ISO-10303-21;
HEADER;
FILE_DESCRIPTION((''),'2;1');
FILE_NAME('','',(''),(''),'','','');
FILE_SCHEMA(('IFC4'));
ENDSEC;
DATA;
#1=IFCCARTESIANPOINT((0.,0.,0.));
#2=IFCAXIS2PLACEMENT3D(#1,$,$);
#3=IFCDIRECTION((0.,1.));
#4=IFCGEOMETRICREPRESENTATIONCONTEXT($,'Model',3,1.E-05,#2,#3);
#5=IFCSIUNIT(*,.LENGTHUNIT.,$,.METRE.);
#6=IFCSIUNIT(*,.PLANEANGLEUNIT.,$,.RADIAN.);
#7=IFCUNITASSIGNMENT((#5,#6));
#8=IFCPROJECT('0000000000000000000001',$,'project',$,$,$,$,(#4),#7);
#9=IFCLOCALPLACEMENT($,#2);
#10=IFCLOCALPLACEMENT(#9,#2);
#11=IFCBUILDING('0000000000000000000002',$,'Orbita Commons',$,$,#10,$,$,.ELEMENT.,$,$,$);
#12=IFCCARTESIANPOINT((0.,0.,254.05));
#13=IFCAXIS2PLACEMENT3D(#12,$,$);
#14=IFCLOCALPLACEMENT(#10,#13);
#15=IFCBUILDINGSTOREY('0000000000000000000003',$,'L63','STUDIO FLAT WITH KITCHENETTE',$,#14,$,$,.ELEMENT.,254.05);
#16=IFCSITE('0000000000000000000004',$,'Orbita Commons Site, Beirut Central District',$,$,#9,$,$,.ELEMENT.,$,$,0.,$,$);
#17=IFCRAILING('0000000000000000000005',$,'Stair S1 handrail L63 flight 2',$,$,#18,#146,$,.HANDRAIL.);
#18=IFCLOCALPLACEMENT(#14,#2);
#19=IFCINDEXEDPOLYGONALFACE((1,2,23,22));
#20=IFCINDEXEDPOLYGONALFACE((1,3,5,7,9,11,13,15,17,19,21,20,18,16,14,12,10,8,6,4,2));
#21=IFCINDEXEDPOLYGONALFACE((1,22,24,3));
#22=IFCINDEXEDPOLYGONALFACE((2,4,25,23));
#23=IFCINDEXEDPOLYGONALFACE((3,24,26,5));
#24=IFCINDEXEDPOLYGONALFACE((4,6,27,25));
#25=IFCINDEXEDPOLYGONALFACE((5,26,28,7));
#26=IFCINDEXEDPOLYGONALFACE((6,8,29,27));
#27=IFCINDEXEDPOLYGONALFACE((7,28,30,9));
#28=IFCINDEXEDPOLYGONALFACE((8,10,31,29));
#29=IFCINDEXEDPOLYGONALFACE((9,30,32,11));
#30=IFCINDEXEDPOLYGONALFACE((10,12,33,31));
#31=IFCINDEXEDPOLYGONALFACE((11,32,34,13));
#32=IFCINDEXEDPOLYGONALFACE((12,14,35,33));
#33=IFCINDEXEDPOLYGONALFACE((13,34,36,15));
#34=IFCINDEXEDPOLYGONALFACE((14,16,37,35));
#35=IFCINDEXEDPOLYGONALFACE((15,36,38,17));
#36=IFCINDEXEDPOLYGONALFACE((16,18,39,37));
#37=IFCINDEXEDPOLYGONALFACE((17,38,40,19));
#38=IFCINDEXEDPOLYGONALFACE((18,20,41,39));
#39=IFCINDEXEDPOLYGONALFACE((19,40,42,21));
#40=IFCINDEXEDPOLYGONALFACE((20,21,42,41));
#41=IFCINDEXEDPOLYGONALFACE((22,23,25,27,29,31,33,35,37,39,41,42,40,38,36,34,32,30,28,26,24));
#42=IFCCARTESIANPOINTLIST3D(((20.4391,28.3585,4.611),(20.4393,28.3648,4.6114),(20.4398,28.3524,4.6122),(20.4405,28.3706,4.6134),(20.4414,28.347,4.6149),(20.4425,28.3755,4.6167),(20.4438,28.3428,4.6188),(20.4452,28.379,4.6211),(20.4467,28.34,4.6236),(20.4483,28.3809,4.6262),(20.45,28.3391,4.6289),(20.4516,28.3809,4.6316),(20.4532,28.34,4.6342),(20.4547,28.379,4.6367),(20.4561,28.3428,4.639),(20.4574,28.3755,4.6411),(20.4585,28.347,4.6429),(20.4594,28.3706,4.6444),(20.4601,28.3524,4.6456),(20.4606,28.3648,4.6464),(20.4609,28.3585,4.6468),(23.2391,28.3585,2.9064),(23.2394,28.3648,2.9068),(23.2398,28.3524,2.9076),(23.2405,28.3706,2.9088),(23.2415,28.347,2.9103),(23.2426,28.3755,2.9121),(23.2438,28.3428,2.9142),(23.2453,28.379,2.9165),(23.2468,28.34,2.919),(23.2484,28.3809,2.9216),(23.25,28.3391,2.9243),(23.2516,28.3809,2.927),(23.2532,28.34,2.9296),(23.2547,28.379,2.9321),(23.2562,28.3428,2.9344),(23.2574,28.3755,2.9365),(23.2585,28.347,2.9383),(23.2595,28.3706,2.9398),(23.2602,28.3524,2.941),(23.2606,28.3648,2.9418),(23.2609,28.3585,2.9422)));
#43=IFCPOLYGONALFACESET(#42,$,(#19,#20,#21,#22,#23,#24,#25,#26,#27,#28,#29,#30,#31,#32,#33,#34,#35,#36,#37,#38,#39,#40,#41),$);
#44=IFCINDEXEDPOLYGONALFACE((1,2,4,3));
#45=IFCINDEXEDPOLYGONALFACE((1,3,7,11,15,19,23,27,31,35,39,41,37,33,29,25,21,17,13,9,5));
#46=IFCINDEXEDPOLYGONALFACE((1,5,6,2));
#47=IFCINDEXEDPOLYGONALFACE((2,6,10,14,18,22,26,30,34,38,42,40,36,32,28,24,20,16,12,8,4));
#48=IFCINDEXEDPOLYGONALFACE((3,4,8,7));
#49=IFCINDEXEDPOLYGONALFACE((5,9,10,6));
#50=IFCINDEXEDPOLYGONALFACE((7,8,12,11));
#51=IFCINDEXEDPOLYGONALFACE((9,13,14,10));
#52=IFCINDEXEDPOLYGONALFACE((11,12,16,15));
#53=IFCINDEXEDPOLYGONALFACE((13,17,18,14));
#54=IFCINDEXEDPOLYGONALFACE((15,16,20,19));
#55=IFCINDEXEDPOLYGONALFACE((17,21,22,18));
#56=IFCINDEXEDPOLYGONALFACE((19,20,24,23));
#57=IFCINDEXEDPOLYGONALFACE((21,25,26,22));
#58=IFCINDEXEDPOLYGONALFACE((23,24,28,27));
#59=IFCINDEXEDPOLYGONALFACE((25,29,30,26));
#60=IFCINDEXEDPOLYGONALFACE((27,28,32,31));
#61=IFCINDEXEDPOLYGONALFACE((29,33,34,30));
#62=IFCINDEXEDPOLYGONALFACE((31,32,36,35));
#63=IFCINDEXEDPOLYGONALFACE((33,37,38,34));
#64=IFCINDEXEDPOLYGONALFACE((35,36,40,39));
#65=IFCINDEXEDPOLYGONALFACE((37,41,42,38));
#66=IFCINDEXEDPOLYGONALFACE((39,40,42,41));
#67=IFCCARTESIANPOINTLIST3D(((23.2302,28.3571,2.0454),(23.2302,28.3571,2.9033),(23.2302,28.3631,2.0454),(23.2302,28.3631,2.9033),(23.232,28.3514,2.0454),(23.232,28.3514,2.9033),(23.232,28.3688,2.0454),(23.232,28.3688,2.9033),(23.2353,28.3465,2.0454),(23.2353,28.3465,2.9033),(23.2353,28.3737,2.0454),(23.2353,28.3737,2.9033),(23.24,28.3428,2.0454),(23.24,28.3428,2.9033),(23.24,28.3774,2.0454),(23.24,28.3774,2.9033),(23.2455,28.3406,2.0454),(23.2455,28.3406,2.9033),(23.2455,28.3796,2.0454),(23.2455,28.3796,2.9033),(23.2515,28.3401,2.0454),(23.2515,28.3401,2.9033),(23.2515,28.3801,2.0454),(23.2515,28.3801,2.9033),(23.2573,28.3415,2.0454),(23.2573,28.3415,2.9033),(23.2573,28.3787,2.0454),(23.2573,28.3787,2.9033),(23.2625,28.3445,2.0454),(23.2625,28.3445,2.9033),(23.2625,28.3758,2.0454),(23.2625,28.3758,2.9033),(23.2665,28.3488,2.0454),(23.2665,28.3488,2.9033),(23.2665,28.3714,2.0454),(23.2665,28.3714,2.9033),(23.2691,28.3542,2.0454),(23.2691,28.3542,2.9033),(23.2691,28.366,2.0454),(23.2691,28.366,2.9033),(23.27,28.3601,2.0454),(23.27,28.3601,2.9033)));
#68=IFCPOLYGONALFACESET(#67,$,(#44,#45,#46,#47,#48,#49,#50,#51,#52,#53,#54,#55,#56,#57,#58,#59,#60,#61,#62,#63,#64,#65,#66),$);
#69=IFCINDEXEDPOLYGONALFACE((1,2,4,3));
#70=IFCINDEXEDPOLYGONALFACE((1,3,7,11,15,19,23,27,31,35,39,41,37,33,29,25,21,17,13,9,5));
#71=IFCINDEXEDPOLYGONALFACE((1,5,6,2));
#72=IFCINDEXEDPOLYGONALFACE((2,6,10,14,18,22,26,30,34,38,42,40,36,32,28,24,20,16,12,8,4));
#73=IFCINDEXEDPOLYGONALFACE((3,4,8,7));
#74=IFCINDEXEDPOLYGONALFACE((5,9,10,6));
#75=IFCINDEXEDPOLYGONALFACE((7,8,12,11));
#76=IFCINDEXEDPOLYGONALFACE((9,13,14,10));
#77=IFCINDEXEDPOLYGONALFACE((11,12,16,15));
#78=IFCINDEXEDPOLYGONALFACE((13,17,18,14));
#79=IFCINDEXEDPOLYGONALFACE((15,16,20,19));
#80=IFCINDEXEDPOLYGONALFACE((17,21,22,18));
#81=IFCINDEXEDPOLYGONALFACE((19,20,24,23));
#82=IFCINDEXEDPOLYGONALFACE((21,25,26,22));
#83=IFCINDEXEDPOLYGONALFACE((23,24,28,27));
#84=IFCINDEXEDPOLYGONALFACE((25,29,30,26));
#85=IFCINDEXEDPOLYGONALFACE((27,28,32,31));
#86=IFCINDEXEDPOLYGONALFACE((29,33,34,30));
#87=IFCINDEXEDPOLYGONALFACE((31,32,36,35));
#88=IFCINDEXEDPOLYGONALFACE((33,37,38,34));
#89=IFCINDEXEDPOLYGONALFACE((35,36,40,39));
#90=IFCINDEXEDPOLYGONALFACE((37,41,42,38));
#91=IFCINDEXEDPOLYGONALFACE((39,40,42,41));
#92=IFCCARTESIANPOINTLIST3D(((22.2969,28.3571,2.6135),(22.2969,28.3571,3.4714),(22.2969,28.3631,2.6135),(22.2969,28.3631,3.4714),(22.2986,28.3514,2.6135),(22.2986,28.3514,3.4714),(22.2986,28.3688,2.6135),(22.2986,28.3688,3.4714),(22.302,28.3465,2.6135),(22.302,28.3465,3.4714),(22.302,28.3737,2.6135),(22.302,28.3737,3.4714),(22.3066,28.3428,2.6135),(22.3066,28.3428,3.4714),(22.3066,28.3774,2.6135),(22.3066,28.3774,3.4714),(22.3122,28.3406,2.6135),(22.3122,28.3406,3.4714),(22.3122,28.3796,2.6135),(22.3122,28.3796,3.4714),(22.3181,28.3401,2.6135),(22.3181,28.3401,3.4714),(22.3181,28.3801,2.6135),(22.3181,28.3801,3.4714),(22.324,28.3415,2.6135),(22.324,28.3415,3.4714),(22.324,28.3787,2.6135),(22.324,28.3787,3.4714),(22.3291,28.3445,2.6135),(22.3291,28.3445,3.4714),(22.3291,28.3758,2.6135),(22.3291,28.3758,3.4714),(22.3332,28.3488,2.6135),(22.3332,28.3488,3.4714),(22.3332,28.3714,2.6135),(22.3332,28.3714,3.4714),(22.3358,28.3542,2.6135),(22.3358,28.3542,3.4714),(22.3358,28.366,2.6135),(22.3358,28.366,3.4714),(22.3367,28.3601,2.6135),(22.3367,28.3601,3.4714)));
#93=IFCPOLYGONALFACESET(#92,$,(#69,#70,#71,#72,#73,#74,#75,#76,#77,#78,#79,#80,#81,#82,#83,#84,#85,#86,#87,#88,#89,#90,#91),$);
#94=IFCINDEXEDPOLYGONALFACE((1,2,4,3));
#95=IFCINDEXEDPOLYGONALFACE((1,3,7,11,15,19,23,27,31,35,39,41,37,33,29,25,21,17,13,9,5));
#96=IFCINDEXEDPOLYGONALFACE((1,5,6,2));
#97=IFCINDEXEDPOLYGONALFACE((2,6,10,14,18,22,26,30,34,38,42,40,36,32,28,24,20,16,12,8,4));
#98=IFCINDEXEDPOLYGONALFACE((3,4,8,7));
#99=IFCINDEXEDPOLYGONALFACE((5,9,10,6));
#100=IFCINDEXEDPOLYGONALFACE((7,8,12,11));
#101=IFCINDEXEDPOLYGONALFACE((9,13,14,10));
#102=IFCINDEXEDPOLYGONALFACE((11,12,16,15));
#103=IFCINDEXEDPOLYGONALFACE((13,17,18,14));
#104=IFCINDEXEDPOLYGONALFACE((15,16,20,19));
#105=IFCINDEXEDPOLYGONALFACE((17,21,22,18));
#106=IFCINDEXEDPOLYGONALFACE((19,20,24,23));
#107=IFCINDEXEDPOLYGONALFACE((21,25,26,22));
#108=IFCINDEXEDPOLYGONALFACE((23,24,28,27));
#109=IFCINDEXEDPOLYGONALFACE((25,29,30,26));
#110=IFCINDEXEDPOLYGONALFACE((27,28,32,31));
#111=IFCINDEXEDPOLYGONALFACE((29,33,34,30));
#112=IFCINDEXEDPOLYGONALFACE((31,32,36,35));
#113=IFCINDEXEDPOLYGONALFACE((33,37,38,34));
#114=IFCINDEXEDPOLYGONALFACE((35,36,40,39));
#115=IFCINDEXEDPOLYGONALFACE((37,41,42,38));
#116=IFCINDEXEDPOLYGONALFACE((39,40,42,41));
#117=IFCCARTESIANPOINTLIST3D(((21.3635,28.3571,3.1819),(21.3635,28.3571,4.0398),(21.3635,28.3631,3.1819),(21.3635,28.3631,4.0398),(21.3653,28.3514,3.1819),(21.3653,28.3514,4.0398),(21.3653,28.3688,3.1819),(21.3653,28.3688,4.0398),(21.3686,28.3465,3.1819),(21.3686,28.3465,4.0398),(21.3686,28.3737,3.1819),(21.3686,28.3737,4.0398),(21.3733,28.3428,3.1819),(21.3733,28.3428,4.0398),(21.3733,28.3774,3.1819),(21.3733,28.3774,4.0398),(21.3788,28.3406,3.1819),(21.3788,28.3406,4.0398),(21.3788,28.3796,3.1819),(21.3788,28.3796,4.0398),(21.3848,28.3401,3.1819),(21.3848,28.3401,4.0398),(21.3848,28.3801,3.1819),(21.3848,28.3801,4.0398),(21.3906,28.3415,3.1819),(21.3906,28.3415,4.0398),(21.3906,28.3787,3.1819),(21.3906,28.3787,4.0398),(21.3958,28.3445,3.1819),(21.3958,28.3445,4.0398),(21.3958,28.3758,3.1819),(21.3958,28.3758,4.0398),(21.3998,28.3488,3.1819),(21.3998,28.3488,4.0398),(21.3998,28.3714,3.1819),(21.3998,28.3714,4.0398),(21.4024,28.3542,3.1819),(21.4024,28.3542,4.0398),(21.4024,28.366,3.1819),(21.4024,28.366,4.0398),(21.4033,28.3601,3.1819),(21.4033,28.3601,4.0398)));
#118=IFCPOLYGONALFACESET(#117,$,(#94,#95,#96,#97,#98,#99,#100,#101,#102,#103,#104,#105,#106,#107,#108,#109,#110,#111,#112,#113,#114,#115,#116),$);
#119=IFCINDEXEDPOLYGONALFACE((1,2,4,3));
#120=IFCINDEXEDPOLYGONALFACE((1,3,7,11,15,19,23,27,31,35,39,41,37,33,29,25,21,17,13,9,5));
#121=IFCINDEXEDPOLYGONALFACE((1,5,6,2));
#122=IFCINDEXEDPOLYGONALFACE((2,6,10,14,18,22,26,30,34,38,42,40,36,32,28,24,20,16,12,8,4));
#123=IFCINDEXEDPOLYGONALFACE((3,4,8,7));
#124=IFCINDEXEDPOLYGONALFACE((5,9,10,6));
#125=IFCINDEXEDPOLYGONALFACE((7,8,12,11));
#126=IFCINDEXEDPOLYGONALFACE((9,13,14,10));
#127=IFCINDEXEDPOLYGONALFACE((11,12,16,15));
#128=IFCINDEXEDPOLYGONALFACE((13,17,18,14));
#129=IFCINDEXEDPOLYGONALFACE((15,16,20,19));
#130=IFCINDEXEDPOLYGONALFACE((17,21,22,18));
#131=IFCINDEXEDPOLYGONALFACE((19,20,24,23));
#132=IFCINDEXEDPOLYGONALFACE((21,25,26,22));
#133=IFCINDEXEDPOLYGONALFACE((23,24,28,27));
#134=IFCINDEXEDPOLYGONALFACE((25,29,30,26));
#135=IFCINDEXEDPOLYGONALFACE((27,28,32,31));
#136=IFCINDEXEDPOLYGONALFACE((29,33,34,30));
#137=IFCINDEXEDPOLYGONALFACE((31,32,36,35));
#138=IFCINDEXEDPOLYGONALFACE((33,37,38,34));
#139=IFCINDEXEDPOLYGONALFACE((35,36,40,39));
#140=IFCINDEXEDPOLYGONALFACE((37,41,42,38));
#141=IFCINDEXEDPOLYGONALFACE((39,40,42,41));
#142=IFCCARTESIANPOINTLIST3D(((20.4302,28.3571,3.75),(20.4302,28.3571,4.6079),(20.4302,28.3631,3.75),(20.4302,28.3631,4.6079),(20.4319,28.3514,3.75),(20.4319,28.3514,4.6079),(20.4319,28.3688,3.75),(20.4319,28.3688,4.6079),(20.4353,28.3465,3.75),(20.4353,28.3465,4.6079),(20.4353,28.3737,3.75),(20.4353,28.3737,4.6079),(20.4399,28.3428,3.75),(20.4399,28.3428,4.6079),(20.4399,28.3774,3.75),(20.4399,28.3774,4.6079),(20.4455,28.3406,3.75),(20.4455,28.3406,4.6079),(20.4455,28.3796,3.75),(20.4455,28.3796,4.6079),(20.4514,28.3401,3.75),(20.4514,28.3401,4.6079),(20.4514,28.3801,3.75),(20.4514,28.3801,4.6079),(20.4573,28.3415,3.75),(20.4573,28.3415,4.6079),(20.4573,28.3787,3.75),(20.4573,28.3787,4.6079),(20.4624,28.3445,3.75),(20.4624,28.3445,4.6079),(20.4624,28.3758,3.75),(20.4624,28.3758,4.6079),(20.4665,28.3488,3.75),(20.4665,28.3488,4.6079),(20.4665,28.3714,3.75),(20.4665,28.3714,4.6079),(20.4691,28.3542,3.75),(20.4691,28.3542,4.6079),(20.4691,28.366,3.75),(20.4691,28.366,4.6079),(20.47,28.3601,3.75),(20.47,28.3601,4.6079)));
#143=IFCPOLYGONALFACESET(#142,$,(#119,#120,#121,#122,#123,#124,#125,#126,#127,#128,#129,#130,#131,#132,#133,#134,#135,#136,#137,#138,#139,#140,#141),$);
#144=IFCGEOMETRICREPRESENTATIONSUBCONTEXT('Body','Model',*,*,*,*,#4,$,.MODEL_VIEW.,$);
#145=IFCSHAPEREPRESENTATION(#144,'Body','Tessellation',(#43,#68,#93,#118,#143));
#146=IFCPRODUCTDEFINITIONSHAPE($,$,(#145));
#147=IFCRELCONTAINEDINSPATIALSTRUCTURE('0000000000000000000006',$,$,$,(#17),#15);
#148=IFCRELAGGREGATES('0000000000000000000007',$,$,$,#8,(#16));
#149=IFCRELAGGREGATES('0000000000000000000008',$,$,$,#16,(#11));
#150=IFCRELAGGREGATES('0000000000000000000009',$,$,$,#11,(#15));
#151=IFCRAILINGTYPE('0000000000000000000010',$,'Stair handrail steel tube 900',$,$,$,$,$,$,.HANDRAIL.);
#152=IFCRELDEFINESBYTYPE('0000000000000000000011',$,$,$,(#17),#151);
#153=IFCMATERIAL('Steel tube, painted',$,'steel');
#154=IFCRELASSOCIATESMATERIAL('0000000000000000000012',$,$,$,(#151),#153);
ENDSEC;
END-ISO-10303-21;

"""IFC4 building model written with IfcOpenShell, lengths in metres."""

from ifc_helpers import new_model, si_unit, direction, frame, origin, origin_2d, place, context, subcontext, project, spatial, circle, extrude, material, type_object, element, save


model = new_model("IFC4")

# Units and contexts
model_context = context("Model", 3, precision=1e-05, world=origin(), true_north=direction((0.0, 1.0)))
body_context = subcontext(model_context, "Body", "Model", "MODEL_VIEW")
ifc_project = project(units=[si_unit("LENGTHUNIT", "METRE"), si_unit("PLANEANGLEUNIT", "RADIAN")], contexts=[model_context])

# Site, building, storey
site_placement = place(None, origin())
site = spatial("IfcSite", under=ifc_project, at=site_placement, Name="Orbita Commons Site, Beirut Central District", CompositionType="ELEMENT", RefElevation=0.0)
building_placement = place(site_placement, origin())
building = spatial("IfcBuilding", under=site, at=building_placement, Name="Orbita Commons", CompositionType="ELEMENT")
storey_placement = place(building_placement, frame((0.0, 0.0, 254.05)))
storey = spatial("IfcBuildingStorey", under=building, at=storey_placement, Name="L63", Description="STUDIO FLAT WITH KITCHENETTE", CompositionType="ELEMENT", Elevation=254.05)

# Railing
ifc_material_1 = material(Name="Steel tube, painted", Category="steel")
railing_type = type_object("IfcRailingType", Name="Stair handrail steel tube 900", PredefinedType="HANDRAIL", material=ifc_material_1)
for number, where, name in (
    (1, (23.25, 28.3601, 2.0454), "Stair S1 handrail L63 flight 2"),
):
    element("IfcRailing", number, at=place(storey_placement, frame(where)), inside=storey, type_object=railing_type, Name=name, PredefinedType="HANDRAIL", context=body_context, shape_type="SweptSolid", body=[
        extrude(circle(Radius=0.021, at=origin_2d()), frame((0.0, 0.0, 0.8789), z_axis=(-0.85417, 0.0, 0.519994), x_axis=(0.0, -1.0, 0.0)), (0.0, 0.0, 1.0), 3.2781),
        extrude(circle(Radius=0.02, at=origin_2d()), origin(), (0.0, 0.0, 1.0), 0.8579),
        extrude(circle(Radius=0.02, at=origin_2d()), frame((-0.9333, 0.0, 0.5681)), (0.0, 0.0, 1.0), 0.8579),
        extrude(circle(Radius=0.02, at=origin_2d()), frame((-1.8667, 0.0, 1.1365)), (0.0, 0.0, 1.0), 0.8579),
        extrude(circle(Radius=0.02, at=origin_2d()), frame((-2.8, 0.0, 1.7046)), (0.0, 0.0, 1.0), 0.8579),
    ])

save(model, "model.ifc")
